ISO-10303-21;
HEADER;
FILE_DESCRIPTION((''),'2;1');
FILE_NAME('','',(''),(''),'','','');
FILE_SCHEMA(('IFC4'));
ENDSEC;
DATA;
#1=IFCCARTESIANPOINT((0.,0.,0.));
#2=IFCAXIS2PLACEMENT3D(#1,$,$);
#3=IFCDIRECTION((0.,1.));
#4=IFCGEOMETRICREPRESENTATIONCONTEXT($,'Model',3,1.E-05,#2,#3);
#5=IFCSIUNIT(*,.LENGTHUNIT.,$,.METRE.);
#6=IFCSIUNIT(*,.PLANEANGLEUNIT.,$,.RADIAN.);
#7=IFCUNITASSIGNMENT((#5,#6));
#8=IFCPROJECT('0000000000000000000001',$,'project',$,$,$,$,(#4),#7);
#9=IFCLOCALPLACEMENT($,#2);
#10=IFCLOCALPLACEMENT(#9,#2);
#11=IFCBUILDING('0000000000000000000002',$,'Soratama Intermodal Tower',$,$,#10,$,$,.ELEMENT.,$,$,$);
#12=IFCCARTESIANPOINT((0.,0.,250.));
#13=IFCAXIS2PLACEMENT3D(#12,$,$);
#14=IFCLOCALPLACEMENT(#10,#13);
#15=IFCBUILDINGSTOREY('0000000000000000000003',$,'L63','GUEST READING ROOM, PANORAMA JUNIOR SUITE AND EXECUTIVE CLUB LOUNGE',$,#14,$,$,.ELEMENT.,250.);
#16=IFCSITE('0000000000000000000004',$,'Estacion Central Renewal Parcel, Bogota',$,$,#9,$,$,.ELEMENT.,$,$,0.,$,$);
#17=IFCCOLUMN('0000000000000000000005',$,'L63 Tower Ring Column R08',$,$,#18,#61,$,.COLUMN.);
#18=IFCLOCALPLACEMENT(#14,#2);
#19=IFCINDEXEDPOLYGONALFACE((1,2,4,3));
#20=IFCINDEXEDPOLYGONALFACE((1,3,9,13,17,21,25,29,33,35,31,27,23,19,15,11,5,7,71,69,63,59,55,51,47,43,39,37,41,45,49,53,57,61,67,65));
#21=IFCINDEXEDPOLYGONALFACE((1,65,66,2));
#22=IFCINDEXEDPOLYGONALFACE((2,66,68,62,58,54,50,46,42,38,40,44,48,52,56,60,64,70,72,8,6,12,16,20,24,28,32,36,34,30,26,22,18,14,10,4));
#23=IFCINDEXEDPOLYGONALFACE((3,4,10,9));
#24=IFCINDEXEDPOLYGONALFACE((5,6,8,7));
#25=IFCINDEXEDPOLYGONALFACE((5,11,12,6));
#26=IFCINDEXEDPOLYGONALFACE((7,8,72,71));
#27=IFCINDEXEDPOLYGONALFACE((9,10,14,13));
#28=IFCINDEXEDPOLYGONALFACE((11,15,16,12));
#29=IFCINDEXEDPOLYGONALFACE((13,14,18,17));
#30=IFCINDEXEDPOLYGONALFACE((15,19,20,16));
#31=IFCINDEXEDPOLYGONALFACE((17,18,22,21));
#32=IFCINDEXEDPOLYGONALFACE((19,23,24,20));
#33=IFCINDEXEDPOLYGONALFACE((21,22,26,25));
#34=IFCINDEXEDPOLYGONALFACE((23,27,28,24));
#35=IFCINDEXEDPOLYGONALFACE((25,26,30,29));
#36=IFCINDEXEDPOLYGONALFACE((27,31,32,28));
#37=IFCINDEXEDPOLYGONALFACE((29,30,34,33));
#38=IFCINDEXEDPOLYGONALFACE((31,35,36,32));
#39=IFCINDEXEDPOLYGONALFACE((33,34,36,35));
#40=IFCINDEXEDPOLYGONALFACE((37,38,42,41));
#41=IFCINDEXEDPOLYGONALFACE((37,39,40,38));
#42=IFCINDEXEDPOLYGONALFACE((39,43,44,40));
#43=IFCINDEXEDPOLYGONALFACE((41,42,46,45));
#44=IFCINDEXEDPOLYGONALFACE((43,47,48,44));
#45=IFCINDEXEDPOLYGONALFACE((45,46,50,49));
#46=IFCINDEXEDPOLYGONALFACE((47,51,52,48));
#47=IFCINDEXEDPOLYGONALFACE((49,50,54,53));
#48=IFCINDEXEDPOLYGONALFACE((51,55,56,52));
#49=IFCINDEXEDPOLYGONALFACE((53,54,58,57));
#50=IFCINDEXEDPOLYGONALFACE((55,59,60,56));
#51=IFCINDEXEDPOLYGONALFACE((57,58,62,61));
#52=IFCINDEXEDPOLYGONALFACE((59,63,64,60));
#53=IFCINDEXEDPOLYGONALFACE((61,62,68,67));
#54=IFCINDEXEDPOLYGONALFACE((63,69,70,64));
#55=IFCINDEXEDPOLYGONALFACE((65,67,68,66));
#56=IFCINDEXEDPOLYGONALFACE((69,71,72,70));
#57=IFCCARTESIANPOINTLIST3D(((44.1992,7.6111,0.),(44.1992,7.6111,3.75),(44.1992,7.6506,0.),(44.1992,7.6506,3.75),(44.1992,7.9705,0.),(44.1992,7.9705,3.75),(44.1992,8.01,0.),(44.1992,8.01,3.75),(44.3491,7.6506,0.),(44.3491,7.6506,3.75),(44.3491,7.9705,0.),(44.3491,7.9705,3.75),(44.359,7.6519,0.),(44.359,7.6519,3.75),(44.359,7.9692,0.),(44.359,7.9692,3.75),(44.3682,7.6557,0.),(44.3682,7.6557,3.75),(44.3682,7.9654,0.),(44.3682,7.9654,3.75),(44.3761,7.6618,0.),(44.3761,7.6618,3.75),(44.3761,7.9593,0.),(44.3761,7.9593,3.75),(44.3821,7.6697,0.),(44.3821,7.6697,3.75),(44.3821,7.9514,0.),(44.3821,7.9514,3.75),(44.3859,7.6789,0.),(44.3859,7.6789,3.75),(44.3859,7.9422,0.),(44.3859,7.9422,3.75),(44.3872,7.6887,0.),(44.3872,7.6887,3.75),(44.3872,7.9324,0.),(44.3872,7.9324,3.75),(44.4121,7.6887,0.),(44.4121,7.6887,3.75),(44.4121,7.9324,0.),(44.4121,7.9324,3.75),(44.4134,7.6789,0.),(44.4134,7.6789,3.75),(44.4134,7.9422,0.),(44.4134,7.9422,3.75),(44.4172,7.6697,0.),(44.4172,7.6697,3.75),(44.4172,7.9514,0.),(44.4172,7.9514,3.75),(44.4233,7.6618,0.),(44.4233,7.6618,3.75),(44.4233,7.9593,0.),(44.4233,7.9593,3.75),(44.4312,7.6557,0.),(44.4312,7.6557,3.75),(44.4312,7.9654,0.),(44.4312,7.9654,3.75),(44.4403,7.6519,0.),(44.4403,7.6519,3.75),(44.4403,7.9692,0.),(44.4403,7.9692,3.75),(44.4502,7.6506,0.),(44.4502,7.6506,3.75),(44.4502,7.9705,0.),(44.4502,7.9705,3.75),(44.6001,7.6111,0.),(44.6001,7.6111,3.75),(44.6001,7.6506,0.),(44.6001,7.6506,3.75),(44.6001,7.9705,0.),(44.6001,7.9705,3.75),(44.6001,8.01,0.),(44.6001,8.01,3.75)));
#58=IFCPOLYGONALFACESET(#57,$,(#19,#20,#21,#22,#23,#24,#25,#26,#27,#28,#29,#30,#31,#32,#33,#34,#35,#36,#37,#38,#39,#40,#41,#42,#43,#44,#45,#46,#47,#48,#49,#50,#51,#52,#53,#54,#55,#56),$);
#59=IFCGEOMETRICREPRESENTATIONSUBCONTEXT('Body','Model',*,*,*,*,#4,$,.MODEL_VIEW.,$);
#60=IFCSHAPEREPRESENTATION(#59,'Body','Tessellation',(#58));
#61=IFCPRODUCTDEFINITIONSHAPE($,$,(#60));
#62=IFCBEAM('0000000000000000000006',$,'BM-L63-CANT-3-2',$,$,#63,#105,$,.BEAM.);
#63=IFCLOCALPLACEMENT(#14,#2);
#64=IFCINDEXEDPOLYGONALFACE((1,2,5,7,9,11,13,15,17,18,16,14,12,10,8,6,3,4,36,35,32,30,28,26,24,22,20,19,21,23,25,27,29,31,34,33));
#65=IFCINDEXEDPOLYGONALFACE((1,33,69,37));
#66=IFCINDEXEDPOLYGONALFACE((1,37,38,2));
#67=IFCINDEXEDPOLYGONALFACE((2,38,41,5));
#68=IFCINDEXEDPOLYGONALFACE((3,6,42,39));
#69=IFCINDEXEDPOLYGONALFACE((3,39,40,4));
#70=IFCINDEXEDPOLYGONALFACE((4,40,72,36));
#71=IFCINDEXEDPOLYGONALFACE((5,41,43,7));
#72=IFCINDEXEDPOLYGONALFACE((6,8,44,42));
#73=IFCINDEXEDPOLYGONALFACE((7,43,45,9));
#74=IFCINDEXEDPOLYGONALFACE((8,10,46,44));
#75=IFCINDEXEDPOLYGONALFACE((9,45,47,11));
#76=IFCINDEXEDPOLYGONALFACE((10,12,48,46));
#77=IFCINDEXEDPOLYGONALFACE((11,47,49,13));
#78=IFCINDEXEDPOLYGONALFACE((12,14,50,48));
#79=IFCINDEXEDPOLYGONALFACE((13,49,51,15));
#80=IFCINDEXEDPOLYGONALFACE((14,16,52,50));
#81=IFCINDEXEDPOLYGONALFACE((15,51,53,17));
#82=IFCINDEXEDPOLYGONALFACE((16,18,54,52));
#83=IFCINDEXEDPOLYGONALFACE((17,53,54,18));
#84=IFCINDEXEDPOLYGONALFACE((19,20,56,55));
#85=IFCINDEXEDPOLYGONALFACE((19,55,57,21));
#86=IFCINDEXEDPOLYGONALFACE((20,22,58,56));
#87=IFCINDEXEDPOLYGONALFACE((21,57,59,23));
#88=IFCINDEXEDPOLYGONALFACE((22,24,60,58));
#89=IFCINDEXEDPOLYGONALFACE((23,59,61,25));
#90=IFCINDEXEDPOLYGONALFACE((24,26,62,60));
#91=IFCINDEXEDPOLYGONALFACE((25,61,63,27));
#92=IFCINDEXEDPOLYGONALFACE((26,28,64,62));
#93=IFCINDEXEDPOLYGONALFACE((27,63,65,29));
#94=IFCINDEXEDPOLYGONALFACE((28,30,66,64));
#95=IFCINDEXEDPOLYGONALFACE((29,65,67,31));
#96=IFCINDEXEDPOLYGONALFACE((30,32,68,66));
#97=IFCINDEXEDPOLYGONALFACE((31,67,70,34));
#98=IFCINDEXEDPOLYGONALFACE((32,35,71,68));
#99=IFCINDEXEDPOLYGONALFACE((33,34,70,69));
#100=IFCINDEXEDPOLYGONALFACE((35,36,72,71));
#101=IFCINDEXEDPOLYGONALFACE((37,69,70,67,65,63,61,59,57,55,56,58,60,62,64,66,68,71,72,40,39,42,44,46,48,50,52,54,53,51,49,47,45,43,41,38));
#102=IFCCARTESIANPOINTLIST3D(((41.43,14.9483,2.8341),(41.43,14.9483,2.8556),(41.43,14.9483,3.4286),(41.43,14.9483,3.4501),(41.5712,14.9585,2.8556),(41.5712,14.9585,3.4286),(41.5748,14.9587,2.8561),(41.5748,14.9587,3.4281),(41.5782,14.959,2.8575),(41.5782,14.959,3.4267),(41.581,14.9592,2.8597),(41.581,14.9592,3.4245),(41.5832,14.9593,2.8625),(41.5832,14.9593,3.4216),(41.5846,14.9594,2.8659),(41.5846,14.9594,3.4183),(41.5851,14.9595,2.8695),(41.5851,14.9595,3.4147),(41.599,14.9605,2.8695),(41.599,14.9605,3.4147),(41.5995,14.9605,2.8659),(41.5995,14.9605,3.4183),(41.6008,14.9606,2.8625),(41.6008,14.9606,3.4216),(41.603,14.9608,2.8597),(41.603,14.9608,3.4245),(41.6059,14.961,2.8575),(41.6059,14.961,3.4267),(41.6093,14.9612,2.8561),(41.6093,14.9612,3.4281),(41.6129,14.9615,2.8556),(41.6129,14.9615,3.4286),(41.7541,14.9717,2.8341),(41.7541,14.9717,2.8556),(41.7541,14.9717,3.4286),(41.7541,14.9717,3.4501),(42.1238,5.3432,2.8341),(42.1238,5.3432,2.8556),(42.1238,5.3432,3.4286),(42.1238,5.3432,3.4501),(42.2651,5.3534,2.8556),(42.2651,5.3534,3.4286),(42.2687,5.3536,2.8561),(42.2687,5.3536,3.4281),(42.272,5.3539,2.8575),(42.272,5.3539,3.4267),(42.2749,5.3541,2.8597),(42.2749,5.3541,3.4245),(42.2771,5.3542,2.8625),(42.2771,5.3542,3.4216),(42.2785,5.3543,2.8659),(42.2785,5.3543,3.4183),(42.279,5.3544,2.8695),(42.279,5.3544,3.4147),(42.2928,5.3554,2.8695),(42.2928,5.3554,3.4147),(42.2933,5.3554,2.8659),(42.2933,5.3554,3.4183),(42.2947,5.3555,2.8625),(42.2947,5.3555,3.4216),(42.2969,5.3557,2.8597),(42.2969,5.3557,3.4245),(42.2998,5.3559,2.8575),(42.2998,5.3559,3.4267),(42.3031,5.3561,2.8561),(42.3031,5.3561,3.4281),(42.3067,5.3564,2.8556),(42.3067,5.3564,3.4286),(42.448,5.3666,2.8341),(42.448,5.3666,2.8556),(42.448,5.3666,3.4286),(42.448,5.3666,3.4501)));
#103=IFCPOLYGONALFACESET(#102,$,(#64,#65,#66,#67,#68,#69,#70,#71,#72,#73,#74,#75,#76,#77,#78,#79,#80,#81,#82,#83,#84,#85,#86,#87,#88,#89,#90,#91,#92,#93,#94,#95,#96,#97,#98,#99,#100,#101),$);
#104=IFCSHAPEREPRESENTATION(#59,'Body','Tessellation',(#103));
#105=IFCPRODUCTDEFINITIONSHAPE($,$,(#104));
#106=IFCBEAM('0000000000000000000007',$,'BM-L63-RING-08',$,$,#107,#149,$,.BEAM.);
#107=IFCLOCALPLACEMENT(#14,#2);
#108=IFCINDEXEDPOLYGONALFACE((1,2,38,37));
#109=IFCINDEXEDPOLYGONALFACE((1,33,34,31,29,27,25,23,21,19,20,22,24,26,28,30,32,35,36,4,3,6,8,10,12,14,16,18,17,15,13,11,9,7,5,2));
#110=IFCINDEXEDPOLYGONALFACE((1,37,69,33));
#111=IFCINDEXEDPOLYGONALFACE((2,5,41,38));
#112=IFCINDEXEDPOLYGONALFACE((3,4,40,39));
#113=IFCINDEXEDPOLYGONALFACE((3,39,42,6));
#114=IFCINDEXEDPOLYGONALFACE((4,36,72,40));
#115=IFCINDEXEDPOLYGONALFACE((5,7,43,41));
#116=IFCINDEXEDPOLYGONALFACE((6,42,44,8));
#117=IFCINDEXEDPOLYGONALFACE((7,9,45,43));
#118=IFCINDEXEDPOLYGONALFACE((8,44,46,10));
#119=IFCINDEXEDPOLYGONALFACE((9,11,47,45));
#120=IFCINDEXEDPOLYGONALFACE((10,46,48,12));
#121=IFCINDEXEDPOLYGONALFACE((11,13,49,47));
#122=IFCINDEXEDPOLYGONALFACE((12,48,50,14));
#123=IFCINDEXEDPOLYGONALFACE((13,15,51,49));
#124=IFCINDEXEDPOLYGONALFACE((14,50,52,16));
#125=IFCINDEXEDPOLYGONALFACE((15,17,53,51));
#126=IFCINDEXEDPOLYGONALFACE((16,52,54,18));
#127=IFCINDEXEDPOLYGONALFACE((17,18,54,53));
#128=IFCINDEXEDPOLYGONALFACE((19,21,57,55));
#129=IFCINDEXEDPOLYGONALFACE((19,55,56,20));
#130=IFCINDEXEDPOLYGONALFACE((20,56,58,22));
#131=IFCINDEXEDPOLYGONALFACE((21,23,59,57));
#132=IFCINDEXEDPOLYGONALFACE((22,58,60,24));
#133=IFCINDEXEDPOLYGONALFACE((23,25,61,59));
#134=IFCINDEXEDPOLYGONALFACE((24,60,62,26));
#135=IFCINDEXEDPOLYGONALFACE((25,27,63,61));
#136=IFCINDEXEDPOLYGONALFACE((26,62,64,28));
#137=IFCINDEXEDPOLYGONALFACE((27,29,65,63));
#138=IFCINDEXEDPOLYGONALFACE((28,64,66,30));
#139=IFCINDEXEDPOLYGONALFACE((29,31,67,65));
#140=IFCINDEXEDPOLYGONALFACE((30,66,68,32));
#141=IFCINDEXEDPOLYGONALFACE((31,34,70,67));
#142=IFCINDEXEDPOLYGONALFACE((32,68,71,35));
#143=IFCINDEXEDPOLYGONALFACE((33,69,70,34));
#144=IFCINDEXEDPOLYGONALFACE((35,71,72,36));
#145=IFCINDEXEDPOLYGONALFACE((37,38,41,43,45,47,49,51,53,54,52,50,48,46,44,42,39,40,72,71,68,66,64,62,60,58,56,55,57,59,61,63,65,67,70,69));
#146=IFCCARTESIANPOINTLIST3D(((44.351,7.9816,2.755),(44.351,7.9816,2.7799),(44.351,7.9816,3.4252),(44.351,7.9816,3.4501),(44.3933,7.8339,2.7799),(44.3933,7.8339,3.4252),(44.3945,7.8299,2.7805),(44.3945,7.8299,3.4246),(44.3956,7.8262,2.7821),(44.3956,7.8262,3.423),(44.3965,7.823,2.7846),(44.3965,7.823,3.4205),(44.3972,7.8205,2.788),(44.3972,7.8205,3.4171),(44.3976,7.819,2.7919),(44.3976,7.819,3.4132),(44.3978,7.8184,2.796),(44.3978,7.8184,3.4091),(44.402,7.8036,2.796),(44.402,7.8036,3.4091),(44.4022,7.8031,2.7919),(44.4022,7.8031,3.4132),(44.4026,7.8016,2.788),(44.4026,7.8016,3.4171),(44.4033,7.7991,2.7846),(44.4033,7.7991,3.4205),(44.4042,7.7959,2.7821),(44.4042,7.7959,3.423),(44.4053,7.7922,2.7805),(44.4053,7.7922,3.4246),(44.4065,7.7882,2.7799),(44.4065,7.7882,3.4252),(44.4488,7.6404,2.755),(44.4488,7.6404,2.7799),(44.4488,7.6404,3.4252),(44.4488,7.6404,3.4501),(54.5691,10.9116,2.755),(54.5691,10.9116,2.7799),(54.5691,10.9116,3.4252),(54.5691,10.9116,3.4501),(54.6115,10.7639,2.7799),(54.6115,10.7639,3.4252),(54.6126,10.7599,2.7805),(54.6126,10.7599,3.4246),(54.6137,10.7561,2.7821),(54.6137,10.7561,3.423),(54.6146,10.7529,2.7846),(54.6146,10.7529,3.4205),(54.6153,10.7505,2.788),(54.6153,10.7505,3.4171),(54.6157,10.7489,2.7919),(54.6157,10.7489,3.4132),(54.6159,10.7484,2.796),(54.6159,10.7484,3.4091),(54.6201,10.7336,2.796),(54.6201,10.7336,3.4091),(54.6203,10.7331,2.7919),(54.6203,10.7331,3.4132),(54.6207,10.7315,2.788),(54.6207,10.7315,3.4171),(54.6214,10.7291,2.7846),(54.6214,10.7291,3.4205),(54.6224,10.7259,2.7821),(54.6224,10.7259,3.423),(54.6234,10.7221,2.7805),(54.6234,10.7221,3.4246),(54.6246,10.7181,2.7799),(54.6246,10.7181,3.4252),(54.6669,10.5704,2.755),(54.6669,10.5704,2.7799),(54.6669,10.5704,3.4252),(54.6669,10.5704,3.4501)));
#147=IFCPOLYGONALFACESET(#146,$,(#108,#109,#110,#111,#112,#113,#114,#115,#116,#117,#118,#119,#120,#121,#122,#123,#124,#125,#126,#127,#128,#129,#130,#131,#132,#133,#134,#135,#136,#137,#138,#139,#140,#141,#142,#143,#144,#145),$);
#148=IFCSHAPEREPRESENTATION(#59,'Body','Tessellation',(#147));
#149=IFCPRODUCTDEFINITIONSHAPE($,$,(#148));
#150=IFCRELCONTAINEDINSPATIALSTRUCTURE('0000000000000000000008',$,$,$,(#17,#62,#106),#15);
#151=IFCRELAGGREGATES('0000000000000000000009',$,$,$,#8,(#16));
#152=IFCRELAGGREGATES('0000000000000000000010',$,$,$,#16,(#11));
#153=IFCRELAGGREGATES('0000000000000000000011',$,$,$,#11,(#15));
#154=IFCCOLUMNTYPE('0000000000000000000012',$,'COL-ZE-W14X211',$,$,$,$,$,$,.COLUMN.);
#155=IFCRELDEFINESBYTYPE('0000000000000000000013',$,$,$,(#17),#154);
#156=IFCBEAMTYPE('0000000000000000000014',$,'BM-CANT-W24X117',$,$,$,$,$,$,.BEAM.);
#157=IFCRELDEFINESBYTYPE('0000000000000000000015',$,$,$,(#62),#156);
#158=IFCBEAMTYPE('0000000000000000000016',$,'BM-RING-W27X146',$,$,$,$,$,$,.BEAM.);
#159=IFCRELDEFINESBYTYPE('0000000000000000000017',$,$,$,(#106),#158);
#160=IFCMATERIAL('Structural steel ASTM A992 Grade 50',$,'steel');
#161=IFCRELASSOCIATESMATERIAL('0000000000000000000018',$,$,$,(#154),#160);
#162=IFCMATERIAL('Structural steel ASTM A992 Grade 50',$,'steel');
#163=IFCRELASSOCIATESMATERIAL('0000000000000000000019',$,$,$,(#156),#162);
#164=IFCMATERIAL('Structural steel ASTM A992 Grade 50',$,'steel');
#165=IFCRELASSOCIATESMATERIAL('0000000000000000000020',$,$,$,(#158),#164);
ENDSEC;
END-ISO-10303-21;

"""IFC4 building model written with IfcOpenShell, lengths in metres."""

from ifc_helpers import new_model, si_unit, direction, frame, origin, origin_2d, place, context, subcontext, project, spatial, i_section, extrude, material, material_profile, profile_set, type_object, element, save


model = new_model("IFC4")

# Units and contexts
model_context = context("Model", 3, precision=1e-05, world=origin(), true_north=direction((0.0, 1.0)))
body_context = subcontext(model_context, "Body", "Model", "MODEL_VIEW")
ifc_project = project(units=[si_unit("LENGTHUNIT", "METRE"), si_unit("PLANEANGLEUNIT", "RADIAN")], contexts=[model_context])

# Site, building, storey
site_placement = place(None, origin())
site = spatial("IfcSite", under=ifc_project, at=site_placement, Name="Estacion Central Renewal Parcel, Bogota", CompositionType="ELEMENT", RefElevation=0.0)
building_placement = place(site_placement, origin())
building = spatial("IfcBuilding", under=site, at=building_placement, Name="Soratama Intermodal Tower", CompositionType="ELEMENT")
storey_placement = place(building_placement, frame((0.0, 0.0, 250.0)))
storey = spatial("IfcBuildingStorey", under=building, at=storey_placement, Name="L63", Description="GUEST READING ROOM, PANORAMA JUNIOR SUITE AND EXECUTIVE CLUB LOUNGE", CompositionType="ELEMENT", Elevation=250.0)

# Column
ifc_material_1 = material(Name="Structural steel ASTM A992 Grade 50", Category="steel")
ifc_material_profile_1 = material_profile(ifc_material_1, i_section(OverallWidth=0.4009, OverallDepth=0.3989, WebThickness=0.0249, FlangeThickness=0.0396, FilletRadius=0.0381, at=origin_2d()), Name="W14X211")
ifc_profile_set_1 = profile_set([ifc_material_profile_1], Name="Structural steel ASTM A992 Grade 50")
column_type = type_object("IfcColumnType", Name="COL-ZE-W14X211", PredefinedType="COLUMN", material=ifc_profile_set_1)
column_placement = place(storey_placement, frame((44.3997, 7.8105, 0.0), z_axis=(0.0, 0.0, 1.0), x_axis=(1.0, 0.0, 0.0)))
element("IfcColumn", 1, at=column_placement, inside=storey, type_object=column_type, Name="L63 Tower Ring Column R08", PredefinedType="COLUMN", context=body_context, shape_type="SweptSolid", body=[
    extrude(i_section(OverallWidth=0.4009, OverallDepth=0.3989, WebThickness=0.0249, FlangeThickness=0.0396, FilletRadius=0.0381, at=origin_2d()), origin(), (0.0, 0.0, 1.0), 3.75),
])

# Beams
ifc_material_2 = material(Name="Structural steel ASTM A992 Grade 50", Category="steel")
ifc_material_profile_2 = material_profile(ifc_material_2, i_section(OverallWidth=0.325, OverallDepth=0.616, WebThickness=0.0139, FlangeThickness=0.0215, FilletRadius=0.0139, at=origin_2d()), Name="W24X117")
ifc_profile_set_2 = profile_set([ifc_material_profile_2], Name="Structural steel ASTM A992 Grade 50")
beam_type_1 = type_object("IfcBeamType", Name="BM-CANT-W24X117", PredefinedType="BEAM", material=ifc_profile_set_2)
beam_1_placement = place(storey_placement, frame((41.592, 14.96, 3.1421), z_axis=(0.072051, -0.997401, 0.0), x_axis=(0.997401, 0.072051, 0.0)))
element("IfcBeam", 2, at=beam_1_placement, inside=storey, type_object=beam_type_1, Name="BM-L63-CANT-3-2", PredefinedType="BEAM", context=body_context, shape_type="SweptSolid", body=[
    extrude(i_section(OverallWidth=0.325, OverallDepth=0.616, WebThickness=0.0139, FlangeThickness=0.0215, FilletRadius=0.0139, at=origin_2d()), origin(), (0.0, 0.0, 1.0), 9.6301),
])
ifc_material_3 = material(Name="Structural steel ASTM A992 Grade 50", Category="steel")
ifc_material_profile_3 = material_profile(ifc_material_3, i_section(OverallWidth=0.355, OverallDepth=0.6951, WebThickness=0.0154, FlangeThickness=0.0249, FilletRadius=0.0161, at=origin_2d()), Name="W27X146")
ifc_profile_set_3 = profile_set([ifc_material_profile_3], Name="Structural steel ASTM A992 Grade 50")
beam_type_2 = type_object("IfcBeamType", Name="BM-RING-W27X146", PredefinedType="BEAM", material=ifc_profile_set_3)
beam_2_placement = place(storey_placement, frame((44.3999, 7.811, 3.1025), z_axis=(0.961263, 0.275634, 0.0), x_axis=(-0.275634, 0.961263, 0.0)))
element("IfcBeam", 3, at=beam_2_placement, inside=storey, type_object=beam_type_2, Name="BM-L63-RING-08", PredefinedType="BEAM", context=body_context, shape_type="SweptSolid", body=[
    extrude(i_section(OverallWidth=0.355, OverallDepth=0.6951, WebThickness=0.0154, FlangeThickness=0.0249, FilletRadius=0.0161, at=origin_2d()), origin(), (0.0, 0.0, 1.0), 10.6299),
])

save(model, "model.ifc")
